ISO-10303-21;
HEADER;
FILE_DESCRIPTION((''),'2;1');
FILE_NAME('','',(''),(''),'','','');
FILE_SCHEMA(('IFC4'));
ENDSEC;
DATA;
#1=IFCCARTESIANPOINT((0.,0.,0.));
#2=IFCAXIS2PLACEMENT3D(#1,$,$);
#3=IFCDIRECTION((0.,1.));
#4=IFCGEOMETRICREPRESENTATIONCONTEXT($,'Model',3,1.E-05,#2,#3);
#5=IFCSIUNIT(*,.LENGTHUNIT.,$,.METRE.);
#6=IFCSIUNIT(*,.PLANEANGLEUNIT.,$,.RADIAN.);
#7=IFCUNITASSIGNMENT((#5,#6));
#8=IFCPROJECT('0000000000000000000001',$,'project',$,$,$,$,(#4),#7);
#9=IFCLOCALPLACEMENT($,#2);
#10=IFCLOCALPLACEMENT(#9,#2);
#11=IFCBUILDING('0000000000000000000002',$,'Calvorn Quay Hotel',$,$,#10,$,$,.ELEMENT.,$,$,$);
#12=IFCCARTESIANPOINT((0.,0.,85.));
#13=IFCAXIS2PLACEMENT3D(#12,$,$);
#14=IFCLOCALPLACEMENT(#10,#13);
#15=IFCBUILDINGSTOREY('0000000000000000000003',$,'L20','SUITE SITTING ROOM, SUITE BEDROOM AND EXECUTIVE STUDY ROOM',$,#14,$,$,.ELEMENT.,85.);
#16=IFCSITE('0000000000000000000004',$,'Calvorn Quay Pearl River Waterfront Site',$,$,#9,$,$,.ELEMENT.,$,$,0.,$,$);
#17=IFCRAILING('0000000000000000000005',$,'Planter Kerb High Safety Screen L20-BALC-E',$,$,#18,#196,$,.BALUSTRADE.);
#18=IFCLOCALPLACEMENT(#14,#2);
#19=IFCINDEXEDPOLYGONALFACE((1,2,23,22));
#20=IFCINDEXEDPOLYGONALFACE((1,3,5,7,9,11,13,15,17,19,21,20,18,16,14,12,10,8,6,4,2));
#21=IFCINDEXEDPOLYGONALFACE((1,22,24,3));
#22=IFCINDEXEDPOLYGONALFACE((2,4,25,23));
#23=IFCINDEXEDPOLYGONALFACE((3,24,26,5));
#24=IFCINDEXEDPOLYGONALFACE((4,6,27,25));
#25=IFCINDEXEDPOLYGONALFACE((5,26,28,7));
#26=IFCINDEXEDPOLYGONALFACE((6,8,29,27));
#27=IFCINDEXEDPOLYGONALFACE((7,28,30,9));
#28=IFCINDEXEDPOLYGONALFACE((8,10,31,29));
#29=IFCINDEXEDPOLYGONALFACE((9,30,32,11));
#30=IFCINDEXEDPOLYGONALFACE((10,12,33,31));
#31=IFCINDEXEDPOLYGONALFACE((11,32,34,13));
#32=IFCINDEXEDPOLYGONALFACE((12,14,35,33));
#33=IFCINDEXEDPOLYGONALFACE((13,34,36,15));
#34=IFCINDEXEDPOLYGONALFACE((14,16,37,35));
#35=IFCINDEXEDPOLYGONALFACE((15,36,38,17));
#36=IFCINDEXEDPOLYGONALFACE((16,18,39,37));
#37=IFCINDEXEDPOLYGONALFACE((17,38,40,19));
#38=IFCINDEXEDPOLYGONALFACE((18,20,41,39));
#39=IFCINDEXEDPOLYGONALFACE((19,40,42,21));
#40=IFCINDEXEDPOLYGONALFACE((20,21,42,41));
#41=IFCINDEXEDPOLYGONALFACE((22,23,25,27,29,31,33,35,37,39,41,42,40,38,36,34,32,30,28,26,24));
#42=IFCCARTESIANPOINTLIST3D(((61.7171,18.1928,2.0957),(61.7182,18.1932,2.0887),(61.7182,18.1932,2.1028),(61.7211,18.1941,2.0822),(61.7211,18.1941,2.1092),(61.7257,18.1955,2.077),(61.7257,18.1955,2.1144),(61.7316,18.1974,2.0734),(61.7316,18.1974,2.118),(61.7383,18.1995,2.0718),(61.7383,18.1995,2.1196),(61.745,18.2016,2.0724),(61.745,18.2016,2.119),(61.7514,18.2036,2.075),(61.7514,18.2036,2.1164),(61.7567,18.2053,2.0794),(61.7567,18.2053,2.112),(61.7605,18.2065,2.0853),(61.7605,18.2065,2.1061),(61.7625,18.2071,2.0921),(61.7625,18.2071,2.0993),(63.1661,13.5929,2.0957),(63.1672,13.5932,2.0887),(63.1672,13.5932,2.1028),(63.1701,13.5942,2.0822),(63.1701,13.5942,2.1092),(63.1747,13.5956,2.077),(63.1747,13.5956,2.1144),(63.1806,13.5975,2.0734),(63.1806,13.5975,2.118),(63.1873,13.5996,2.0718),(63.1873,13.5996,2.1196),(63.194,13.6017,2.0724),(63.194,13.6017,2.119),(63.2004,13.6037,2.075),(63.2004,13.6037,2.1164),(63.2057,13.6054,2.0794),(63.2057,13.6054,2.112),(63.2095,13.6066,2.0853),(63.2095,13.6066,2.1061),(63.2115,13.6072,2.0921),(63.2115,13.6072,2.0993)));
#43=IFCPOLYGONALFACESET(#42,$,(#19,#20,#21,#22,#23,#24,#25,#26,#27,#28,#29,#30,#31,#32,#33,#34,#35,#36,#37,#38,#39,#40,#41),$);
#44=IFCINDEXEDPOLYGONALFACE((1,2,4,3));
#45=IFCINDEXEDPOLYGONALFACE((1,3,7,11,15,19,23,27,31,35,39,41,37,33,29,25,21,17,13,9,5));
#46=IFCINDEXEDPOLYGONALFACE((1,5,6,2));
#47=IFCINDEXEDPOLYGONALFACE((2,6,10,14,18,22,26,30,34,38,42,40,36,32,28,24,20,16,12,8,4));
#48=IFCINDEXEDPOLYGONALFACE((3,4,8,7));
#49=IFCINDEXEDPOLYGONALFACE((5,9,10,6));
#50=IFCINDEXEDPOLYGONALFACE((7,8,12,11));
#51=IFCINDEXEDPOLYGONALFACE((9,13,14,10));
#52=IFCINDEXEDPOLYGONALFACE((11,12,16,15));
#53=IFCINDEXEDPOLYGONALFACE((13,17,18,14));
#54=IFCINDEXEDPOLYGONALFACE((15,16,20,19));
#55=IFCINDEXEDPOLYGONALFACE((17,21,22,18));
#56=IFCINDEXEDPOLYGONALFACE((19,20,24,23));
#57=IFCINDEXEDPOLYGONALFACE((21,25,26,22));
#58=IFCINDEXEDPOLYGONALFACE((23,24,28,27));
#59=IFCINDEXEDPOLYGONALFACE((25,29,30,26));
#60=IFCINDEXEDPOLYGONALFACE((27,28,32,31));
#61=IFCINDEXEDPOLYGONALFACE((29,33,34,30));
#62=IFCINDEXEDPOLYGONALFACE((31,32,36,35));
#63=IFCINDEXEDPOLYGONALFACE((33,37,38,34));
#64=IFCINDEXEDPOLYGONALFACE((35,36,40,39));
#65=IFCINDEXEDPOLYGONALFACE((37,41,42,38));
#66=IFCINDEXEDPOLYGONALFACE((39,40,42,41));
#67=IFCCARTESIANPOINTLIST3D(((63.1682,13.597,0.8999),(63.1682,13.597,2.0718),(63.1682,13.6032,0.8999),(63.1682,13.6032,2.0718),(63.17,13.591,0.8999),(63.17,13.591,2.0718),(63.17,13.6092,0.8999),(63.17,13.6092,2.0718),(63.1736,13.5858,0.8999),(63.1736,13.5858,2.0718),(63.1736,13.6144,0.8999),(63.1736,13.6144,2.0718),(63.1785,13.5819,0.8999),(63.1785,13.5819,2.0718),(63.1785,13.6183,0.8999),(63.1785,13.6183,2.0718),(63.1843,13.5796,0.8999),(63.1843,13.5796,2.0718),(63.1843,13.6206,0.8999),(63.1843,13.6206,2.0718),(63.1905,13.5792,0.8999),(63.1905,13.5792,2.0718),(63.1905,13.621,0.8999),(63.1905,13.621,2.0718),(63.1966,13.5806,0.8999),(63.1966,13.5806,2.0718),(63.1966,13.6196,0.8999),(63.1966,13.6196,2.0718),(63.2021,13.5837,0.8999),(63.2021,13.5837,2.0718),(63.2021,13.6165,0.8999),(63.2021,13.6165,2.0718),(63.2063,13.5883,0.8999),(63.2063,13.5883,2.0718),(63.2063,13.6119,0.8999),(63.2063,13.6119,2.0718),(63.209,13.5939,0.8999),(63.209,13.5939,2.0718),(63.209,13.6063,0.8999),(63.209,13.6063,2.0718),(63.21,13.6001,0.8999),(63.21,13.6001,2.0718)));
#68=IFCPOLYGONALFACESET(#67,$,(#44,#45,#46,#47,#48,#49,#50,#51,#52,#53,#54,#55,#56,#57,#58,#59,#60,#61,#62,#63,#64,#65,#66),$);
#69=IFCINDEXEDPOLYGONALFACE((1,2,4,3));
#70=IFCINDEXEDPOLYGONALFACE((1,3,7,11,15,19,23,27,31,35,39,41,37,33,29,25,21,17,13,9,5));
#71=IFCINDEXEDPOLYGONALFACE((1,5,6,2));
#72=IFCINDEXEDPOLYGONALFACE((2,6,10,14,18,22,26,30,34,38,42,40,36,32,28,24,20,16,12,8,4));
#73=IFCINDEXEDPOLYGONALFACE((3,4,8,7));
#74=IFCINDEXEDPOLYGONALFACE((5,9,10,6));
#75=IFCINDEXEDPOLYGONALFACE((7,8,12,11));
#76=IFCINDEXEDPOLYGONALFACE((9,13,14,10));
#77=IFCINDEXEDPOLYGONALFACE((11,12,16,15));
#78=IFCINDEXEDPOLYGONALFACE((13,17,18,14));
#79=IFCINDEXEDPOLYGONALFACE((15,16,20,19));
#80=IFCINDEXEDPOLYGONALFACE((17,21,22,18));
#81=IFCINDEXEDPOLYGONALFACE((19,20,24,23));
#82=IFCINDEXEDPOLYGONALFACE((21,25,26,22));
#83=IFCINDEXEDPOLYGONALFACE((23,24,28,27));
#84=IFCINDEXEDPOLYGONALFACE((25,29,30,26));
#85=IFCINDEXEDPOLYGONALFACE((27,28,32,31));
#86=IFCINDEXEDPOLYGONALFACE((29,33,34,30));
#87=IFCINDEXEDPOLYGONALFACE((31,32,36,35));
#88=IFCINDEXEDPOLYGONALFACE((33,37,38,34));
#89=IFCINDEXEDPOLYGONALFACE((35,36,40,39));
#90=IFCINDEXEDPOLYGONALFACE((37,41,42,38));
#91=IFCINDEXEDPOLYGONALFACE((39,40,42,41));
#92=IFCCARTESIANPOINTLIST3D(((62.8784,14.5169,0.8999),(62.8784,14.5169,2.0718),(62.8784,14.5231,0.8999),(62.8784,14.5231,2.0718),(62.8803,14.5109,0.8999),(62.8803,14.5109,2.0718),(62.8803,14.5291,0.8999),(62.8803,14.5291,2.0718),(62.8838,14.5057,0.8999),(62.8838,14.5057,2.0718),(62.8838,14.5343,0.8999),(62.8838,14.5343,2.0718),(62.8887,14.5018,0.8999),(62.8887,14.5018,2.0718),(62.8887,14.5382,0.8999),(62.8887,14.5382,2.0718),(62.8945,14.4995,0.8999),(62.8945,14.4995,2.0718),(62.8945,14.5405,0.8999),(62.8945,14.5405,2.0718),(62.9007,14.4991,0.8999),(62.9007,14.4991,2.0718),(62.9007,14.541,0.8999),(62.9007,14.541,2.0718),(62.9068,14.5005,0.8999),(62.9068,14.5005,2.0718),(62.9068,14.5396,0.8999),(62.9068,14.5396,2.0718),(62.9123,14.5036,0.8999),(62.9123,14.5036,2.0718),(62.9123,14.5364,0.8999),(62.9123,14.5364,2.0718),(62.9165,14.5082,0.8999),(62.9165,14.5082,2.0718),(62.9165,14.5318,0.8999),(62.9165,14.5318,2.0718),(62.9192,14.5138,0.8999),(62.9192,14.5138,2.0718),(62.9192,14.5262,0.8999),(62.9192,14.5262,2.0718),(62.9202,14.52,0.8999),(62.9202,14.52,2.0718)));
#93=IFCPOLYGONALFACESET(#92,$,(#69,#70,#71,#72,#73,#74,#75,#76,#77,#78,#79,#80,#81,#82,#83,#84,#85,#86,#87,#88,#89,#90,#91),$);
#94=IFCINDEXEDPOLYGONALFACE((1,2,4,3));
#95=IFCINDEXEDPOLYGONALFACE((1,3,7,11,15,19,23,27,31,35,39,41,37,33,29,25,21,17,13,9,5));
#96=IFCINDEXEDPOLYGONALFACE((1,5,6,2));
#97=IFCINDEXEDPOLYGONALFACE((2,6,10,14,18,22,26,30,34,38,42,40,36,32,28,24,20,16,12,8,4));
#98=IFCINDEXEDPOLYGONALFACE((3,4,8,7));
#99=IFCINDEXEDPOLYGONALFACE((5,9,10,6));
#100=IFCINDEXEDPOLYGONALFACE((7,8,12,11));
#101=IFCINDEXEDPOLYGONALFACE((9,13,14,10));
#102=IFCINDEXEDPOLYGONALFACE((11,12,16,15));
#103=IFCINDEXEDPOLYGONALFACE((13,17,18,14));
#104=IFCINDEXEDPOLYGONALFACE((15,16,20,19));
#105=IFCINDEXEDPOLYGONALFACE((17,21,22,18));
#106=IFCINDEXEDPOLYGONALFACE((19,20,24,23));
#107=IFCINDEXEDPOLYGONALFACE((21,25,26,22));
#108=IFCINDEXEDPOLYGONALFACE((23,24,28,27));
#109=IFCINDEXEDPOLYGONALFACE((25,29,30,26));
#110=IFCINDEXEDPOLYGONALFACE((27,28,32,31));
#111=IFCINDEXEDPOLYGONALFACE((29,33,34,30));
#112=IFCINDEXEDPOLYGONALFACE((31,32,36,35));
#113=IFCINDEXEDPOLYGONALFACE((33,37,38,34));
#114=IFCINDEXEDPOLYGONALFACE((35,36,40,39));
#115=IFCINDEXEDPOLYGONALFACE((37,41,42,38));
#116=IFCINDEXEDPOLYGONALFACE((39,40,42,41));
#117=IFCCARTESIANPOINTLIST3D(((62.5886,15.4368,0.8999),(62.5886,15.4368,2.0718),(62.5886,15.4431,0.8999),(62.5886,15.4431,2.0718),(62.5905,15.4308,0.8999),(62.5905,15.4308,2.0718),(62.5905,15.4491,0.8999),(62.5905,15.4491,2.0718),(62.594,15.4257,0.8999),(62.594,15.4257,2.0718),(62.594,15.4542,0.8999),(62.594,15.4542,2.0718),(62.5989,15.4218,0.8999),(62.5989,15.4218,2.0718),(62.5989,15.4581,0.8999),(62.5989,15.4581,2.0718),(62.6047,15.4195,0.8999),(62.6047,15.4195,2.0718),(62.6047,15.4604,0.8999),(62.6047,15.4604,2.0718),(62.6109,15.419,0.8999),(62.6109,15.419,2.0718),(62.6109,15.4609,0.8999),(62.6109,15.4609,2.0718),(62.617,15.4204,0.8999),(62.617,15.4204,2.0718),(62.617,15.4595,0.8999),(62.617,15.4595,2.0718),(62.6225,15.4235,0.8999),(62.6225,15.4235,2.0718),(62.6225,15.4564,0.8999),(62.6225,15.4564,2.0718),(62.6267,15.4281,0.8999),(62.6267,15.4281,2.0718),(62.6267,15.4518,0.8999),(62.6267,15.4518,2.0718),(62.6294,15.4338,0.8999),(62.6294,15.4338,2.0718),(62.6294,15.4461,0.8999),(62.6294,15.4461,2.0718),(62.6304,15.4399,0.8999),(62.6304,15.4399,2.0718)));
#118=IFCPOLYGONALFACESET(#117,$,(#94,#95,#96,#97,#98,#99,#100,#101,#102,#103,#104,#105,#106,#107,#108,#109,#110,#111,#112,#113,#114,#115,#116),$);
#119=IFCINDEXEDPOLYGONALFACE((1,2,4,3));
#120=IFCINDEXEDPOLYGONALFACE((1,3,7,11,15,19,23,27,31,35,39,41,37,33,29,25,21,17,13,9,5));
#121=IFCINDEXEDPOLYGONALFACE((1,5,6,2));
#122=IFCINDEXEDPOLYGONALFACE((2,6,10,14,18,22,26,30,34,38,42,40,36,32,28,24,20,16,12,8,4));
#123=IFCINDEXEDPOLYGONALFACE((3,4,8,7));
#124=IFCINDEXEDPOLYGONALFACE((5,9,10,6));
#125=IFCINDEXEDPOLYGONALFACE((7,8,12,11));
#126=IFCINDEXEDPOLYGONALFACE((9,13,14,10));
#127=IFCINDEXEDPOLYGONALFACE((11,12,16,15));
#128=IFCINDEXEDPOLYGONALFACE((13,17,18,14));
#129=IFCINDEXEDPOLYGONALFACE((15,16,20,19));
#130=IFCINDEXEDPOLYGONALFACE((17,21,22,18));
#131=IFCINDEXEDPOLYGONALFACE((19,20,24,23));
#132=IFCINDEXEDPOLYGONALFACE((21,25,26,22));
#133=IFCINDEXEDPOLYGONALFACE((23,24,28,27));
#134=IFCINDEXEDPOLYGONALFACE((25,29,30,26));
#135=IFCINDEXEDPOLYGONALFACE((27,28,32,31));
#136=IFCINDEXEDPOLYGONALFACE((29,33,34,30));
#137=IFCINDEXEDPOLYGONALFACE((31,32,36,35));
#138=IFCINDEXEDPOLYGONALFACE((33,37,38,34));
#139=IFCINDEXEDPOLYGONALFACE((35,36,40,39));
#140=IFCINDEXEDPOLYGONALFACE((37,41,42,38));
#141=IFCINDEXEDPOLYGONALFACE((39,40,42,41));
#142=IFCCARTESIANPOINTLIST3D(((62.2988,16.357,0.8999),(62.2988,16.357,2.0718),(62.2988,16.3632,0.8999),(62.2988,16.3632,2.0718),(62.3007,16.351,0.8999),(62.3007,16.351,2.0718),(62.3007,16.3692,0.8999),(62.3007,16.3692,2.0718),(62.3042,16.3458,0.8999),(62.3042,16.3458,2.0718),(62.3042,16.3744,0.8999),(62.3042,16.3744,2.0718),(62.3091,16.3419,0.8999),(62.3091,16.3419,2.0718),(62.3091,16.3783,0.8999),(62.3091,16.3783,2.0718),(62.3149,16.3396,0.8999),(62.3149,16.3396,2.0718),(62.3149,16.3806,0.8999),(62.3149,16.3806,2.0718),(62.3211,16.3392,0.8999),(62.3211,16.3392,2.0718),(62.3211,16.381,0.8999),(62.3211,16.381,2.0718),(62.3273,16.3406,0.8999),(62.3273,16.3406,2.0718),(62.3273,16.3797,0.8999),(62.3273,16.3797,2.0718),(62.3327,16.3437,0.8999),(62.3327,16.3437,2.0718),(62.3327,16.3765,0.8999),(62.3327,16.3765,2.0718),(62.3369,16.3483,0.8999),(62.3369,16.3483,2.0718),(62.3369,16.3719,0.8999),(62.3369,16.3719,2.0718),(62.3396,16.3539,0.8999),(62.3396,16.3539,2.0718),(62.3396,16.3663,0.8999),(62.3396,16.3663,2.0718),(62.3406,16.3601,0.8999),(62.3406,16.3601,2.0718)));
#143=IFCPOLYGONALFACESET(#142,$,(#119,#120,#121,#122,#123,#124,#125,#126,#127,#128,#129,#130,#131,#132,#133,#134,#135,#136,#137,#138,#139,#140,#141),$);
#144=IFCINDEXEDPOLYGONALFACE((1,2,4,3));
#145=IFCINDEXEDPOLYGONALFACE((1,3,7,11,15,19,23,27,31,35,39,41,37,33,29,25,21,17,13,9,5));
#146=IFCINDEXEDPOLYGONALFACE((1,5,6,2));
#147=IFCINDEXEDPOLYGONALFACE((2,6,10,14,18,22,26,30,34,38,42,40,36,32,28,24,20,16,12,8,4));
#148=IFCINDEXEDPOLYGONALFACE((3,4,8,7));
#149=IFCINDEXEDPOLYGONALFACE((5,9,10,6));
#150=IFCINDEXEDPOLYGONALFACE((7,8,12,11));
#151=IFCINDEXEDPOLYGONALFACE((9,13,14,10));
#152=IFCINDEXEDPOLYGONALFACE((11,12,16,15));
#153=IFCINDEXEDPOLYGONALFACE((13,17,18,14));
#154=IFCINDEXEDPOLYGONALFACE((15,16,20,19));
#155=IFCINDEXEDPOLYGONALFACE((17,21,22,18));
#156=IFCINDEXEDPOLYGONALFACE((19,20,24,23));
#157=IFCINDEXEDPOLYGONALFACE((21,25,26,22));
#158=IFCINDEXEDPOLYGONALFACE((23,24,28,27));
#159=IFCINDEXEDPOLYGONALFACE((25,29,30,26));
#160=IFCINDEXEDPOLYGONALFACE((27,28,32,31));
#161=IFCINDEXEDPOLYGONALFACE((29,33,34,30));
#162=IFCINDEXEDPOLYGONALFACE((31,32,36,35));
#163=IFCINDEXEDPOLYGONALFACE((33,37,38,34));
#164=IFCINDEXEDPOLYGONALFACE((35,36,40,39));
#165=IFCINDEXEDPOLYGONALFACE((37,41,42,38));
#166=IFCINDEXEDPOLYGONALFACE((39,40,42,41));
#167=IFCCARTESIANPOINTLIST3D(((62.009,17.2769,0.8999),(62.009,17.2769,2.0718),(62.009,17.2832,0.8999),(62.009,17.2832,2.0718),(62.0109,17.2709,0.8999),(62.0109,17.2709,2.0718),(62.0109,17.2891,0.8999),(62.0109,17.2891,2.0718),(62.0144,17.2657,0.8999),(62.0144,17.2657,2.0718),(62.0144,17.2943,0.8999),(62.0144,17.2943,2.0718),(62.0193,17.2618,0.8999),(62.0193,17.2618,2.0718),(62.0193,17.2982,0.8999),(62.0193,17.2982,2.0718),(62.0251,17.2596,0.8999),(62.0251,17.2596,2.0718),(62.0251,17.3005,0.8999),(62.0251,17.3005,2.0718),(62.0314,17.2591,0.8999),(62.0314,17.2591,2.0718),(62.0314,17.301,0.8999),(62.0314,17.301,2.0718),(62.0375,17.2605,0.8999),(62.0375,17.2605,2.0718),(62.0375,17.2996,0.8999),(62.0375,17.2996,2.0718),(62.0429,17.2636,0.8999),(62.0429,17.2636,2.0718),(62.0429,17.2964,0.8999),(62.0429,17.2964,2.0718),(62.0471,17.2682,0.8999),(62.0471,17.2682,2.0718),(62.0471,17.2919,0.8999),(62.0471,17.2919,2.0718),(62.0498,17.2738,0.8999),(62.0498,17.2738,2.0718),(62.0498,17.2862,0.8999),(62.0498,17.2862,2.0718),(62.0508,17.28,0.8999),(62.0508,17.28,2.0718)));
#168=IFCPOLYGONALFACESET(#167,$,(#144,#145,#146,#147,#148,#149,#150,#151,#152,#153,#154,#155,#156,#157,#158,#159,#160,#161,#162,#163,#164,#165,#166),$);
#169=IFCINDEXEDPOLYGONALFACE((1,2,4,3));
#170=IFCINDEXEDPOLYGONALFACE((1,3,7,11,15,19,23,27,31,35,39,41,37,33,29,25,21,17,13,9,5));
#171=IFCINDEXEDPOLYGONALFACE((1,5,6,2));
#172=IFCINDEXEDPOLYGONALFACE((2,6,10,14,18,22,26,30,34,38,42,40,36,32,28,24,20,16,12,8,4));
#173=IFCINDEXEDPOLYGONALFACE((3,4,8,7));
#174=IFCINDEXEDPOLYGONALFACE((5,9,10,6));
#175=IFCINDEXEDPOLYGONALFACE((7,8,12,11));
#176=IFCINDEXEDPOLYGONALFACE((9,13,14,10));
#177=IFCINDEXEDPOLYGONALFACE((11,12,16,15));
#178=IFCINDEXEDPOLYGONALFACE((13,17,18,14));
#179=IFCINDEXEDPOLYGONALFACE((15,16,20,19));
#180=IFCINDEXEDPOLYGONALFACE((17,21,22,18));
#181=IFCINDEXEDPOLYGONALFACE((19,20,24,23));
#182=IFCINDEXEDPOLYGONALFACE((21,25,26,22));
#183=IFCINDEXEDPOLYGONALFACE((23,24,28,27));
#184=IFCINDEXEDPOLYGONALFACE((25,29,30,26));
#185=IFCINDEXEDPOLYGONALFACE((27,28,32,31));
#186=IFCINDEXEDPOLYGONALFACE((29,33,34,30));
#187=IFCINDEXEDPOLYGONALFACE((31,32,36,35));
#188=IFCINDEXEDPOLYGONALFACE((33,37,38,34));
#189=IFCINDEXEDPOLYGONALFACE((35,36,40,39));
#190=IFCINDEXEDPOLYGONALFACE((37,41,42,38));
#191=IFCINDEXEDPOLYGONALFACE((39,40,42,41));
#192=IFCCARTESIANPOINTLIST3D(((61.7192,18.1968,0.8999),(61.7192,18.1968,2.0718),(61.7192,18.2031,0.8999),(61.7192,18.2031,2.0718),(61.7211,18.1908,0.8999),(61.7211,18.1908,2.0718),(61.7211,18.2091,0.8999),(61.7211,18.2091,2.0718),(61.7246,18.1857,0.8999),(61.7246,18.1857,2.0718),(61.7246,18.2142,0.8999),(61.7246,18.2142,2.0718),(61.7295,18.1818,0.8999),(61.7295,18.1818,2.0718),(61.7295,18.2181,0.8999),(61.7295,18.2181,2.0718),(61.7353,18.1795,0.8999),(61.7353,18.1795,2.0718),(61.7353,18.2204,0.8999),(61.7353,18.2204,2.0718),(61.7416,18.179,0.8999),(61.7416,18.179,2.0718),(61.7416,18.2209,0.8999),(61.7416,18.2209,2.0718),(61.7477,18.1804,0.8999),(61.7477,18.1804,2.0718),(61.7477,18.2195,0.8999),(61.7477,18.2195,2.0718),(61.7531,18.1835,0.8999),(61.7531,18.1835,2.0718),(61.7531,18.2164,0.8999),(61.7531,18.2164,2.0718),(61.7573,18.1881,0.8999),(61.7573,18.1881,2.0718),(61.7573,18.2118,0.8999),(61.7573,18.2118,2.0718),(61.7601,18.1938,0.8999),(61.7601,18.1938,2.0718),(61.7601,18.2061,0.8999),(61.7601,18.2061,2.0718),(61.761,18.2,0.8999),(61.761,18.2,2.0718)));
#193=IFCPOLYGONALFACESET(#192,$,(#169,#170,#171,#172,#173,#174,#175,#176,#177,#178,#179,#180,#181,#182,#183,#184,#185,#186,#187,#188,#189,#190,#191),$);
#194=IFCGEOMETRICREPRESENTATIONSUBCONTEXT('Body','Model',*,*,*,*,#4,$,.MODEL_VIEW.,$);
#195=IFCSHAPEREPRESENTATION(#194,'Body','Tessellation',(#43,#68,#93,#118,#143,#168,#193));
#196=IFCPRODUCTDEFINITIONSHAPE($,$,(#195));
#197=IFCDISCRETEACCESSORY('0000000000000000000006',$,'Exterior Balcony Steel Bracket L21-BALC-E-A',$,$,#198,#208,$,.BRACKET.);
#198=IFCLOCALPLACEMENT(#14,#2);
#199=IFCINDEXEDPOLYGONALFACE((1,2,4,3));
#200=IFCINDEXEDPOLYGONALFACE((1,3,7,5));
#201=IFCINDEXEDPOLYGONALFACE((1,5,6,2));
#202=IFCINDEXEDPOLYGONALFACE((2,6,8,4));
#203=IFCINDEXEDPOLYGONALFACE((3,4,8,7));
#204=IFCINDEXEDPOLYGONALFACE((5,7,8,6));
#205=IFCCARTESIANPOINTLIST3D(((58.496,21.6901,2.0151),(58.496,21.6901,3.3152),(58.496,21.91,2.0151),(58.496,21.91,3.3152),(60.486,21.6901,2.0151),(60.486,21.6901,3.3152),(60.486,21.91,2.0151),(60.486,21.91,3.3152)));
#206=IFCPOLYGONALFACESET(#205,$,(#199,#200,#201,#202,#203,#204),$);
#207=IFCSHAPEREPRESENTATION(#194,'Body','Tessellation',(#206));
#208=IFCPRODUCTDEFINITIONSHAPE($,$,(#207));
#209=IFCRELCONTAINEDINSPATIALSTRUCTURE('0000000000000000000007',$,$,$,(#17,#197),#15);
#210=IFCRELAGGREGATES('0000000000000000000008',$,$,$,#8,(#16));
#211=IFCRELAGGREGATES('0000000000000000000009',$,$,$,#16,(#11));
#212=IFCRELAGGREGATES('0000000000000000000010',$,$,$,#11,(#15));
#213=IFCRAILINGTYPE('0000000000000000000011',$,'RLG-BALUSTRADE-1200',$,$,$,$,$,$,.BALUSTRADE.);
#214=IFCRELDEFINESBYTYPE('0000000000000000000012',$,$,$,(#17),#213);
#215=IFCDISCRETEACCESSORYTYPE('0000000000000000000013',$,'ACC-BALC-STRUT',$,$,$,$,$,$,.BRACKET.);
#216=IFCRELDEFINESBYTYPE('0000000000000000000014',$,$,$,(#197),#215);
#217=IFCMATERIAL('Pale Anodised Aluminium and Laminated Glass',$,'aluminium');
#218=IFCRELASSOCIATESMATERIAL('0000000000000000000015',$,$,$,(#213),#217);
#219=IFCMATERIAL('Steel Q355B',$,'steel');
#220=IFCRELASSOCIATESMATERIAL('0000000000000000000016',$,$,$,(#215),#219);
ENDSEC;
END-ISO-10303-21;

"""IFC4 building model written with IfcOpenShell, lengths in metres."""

from ifc_helpers import new_model, si_unit, direction, frame, origin, origin_2d, place, context, subcontext, project, spatial, rectangle, circle, extrude, material, type_object, element, save


model = new_model("IFC4")

# Units and contexts
model_context = context("Model", 3, precision=1e-05, world=origin(), true_north=direction((0.0, 1.0)))
body_context = subcontext(model_context, "Body", "Model", "MODEL_VIEW")
ifc_project = project(units=[si_unit("LENGTHUNIT", "METRE"), si_unit("PLANEANGLEUNIT", "RADIAN")], contexts=[model_context])

# Site, building, storey
site_placement = place(None, origin())
site = spatial("IfcSite", under=ifc_project, at=site_placement, Name="Calvorn Quay Pearl River Waterfront Site", CompositionType="ELEMENT", RefElevation=0.0)
building_placement = place(site_placement, origin())
building = spatial("IfcBuilding", under=site, at=building_placement, Name="Calvorn Quay Hotel", CompositionType="ELEMENT")
storey_placement = place(building_placement, frame((0.0, 0.0, 85.0)))
storey = spatial("IfcBuildingStorey", under=building, at=storey_placement, Name="L20", Description="SUITE SITTING ROOM, SUITE BEDROOM AND EXECUTIVE STUDY ROOM", CompositionType="ELEMENT", Elevation=85.0)

# Railing
ifc_material_1 = material(Name="Pale Anodised Aluminium and Laminated Glass", Category="aluminium")
railing_type = type_object("IfcRailingType", Name="RLG-BALUSTRADE-1200", PredefinedType="BALUSTRADE", material=ifc_material_1)
railing_1_placement = place(storey_placement, frame((63.189, 13.6001, 0.8999)))
element("IfcRailing", 1, at=railing_1_placement, inside=storey, type_object=railing_type, Name="Planter Kerb High Safety Screen L20-BALC-E", PredefinedType="BALUSTRADE", context=body_context, shape_type="SweptSolid", body=[
    extrude(circle(Radius=0.0239, at=origin_2d()), frame((0.0, 0.0, 1.1958), z_axis=(-0.30045, 0.953797, 0.0), x_axis=(-0.953797, -0.30045, 0.0)), (0.0, 0.0, 1.0), 4.8228),
    extrude(circle(Radius=0.021, at=origin_2d()), origin(), (0.0, 0.0, 1.0), 1.1719),
    extrude(circle(Radius=0.021, at=origin_2d()), frame((-0.2898, 0.9199, 0.0)), (0.0, 0.0, 1.0), 1.1719),
    extrude(circle(Radius=0.021, at=origin_2d()), frame((-0.5796, 1.8398, 0.0)), (0.0, 0.0, 1.0), 1.1719),
    extrude(circle(Radius=0.021, at=origin_2d()), frame((-0.8694, 2.76, 0.0)), (0.0, 0.0, 1.0), 1.1719),
    extrude(circle(Radius=0.021, at=origin_2d()), frame((-1.1592, 3.6799, 0.0)), (0.0, 0.0, 1.0), 1.1719),
    extrude(circle(Radius=0.021, at=origin_2d()), frame((-1.449, 4.5999, 0.0)), (0.0, 0.0, 1.0), 1.1719),
])

# Discrete accessory
ifc_material_2 = material(Name="Steel Q355B", Category="steel")
discrete_accessory_type_1 = type_object("IfcDiscreteAccessoryType", Name="ACC-BALC-STRUT", PredefinedType="BRACKET", material=ifc_material_2)
discrete_accessory_1_placement = place(storey_placement, frame((59.491, 21.8, 2.0151), z_axis=(0.0, 0.0, 1.0), x_axis=(1.0, 0.0, 0.0)))
element("IfcDiscreteAccessory", 2, at=discrete_accessory_1_placement, inside=storey, type_object=discrete_accessory_type_1, Name="Exterior Balcony Steel Bracket L21-BALC-E-A", PredefinedType="BRACKET", context=body_context, shape_type="SweptSolid", body=[
    extrude(rectangle(XDim=1.99, YDim=0.22, at=origin_2d()), origin(), (0.0, 0.0, 1.0), 1.3),
])

save(model, "model.ifc")
